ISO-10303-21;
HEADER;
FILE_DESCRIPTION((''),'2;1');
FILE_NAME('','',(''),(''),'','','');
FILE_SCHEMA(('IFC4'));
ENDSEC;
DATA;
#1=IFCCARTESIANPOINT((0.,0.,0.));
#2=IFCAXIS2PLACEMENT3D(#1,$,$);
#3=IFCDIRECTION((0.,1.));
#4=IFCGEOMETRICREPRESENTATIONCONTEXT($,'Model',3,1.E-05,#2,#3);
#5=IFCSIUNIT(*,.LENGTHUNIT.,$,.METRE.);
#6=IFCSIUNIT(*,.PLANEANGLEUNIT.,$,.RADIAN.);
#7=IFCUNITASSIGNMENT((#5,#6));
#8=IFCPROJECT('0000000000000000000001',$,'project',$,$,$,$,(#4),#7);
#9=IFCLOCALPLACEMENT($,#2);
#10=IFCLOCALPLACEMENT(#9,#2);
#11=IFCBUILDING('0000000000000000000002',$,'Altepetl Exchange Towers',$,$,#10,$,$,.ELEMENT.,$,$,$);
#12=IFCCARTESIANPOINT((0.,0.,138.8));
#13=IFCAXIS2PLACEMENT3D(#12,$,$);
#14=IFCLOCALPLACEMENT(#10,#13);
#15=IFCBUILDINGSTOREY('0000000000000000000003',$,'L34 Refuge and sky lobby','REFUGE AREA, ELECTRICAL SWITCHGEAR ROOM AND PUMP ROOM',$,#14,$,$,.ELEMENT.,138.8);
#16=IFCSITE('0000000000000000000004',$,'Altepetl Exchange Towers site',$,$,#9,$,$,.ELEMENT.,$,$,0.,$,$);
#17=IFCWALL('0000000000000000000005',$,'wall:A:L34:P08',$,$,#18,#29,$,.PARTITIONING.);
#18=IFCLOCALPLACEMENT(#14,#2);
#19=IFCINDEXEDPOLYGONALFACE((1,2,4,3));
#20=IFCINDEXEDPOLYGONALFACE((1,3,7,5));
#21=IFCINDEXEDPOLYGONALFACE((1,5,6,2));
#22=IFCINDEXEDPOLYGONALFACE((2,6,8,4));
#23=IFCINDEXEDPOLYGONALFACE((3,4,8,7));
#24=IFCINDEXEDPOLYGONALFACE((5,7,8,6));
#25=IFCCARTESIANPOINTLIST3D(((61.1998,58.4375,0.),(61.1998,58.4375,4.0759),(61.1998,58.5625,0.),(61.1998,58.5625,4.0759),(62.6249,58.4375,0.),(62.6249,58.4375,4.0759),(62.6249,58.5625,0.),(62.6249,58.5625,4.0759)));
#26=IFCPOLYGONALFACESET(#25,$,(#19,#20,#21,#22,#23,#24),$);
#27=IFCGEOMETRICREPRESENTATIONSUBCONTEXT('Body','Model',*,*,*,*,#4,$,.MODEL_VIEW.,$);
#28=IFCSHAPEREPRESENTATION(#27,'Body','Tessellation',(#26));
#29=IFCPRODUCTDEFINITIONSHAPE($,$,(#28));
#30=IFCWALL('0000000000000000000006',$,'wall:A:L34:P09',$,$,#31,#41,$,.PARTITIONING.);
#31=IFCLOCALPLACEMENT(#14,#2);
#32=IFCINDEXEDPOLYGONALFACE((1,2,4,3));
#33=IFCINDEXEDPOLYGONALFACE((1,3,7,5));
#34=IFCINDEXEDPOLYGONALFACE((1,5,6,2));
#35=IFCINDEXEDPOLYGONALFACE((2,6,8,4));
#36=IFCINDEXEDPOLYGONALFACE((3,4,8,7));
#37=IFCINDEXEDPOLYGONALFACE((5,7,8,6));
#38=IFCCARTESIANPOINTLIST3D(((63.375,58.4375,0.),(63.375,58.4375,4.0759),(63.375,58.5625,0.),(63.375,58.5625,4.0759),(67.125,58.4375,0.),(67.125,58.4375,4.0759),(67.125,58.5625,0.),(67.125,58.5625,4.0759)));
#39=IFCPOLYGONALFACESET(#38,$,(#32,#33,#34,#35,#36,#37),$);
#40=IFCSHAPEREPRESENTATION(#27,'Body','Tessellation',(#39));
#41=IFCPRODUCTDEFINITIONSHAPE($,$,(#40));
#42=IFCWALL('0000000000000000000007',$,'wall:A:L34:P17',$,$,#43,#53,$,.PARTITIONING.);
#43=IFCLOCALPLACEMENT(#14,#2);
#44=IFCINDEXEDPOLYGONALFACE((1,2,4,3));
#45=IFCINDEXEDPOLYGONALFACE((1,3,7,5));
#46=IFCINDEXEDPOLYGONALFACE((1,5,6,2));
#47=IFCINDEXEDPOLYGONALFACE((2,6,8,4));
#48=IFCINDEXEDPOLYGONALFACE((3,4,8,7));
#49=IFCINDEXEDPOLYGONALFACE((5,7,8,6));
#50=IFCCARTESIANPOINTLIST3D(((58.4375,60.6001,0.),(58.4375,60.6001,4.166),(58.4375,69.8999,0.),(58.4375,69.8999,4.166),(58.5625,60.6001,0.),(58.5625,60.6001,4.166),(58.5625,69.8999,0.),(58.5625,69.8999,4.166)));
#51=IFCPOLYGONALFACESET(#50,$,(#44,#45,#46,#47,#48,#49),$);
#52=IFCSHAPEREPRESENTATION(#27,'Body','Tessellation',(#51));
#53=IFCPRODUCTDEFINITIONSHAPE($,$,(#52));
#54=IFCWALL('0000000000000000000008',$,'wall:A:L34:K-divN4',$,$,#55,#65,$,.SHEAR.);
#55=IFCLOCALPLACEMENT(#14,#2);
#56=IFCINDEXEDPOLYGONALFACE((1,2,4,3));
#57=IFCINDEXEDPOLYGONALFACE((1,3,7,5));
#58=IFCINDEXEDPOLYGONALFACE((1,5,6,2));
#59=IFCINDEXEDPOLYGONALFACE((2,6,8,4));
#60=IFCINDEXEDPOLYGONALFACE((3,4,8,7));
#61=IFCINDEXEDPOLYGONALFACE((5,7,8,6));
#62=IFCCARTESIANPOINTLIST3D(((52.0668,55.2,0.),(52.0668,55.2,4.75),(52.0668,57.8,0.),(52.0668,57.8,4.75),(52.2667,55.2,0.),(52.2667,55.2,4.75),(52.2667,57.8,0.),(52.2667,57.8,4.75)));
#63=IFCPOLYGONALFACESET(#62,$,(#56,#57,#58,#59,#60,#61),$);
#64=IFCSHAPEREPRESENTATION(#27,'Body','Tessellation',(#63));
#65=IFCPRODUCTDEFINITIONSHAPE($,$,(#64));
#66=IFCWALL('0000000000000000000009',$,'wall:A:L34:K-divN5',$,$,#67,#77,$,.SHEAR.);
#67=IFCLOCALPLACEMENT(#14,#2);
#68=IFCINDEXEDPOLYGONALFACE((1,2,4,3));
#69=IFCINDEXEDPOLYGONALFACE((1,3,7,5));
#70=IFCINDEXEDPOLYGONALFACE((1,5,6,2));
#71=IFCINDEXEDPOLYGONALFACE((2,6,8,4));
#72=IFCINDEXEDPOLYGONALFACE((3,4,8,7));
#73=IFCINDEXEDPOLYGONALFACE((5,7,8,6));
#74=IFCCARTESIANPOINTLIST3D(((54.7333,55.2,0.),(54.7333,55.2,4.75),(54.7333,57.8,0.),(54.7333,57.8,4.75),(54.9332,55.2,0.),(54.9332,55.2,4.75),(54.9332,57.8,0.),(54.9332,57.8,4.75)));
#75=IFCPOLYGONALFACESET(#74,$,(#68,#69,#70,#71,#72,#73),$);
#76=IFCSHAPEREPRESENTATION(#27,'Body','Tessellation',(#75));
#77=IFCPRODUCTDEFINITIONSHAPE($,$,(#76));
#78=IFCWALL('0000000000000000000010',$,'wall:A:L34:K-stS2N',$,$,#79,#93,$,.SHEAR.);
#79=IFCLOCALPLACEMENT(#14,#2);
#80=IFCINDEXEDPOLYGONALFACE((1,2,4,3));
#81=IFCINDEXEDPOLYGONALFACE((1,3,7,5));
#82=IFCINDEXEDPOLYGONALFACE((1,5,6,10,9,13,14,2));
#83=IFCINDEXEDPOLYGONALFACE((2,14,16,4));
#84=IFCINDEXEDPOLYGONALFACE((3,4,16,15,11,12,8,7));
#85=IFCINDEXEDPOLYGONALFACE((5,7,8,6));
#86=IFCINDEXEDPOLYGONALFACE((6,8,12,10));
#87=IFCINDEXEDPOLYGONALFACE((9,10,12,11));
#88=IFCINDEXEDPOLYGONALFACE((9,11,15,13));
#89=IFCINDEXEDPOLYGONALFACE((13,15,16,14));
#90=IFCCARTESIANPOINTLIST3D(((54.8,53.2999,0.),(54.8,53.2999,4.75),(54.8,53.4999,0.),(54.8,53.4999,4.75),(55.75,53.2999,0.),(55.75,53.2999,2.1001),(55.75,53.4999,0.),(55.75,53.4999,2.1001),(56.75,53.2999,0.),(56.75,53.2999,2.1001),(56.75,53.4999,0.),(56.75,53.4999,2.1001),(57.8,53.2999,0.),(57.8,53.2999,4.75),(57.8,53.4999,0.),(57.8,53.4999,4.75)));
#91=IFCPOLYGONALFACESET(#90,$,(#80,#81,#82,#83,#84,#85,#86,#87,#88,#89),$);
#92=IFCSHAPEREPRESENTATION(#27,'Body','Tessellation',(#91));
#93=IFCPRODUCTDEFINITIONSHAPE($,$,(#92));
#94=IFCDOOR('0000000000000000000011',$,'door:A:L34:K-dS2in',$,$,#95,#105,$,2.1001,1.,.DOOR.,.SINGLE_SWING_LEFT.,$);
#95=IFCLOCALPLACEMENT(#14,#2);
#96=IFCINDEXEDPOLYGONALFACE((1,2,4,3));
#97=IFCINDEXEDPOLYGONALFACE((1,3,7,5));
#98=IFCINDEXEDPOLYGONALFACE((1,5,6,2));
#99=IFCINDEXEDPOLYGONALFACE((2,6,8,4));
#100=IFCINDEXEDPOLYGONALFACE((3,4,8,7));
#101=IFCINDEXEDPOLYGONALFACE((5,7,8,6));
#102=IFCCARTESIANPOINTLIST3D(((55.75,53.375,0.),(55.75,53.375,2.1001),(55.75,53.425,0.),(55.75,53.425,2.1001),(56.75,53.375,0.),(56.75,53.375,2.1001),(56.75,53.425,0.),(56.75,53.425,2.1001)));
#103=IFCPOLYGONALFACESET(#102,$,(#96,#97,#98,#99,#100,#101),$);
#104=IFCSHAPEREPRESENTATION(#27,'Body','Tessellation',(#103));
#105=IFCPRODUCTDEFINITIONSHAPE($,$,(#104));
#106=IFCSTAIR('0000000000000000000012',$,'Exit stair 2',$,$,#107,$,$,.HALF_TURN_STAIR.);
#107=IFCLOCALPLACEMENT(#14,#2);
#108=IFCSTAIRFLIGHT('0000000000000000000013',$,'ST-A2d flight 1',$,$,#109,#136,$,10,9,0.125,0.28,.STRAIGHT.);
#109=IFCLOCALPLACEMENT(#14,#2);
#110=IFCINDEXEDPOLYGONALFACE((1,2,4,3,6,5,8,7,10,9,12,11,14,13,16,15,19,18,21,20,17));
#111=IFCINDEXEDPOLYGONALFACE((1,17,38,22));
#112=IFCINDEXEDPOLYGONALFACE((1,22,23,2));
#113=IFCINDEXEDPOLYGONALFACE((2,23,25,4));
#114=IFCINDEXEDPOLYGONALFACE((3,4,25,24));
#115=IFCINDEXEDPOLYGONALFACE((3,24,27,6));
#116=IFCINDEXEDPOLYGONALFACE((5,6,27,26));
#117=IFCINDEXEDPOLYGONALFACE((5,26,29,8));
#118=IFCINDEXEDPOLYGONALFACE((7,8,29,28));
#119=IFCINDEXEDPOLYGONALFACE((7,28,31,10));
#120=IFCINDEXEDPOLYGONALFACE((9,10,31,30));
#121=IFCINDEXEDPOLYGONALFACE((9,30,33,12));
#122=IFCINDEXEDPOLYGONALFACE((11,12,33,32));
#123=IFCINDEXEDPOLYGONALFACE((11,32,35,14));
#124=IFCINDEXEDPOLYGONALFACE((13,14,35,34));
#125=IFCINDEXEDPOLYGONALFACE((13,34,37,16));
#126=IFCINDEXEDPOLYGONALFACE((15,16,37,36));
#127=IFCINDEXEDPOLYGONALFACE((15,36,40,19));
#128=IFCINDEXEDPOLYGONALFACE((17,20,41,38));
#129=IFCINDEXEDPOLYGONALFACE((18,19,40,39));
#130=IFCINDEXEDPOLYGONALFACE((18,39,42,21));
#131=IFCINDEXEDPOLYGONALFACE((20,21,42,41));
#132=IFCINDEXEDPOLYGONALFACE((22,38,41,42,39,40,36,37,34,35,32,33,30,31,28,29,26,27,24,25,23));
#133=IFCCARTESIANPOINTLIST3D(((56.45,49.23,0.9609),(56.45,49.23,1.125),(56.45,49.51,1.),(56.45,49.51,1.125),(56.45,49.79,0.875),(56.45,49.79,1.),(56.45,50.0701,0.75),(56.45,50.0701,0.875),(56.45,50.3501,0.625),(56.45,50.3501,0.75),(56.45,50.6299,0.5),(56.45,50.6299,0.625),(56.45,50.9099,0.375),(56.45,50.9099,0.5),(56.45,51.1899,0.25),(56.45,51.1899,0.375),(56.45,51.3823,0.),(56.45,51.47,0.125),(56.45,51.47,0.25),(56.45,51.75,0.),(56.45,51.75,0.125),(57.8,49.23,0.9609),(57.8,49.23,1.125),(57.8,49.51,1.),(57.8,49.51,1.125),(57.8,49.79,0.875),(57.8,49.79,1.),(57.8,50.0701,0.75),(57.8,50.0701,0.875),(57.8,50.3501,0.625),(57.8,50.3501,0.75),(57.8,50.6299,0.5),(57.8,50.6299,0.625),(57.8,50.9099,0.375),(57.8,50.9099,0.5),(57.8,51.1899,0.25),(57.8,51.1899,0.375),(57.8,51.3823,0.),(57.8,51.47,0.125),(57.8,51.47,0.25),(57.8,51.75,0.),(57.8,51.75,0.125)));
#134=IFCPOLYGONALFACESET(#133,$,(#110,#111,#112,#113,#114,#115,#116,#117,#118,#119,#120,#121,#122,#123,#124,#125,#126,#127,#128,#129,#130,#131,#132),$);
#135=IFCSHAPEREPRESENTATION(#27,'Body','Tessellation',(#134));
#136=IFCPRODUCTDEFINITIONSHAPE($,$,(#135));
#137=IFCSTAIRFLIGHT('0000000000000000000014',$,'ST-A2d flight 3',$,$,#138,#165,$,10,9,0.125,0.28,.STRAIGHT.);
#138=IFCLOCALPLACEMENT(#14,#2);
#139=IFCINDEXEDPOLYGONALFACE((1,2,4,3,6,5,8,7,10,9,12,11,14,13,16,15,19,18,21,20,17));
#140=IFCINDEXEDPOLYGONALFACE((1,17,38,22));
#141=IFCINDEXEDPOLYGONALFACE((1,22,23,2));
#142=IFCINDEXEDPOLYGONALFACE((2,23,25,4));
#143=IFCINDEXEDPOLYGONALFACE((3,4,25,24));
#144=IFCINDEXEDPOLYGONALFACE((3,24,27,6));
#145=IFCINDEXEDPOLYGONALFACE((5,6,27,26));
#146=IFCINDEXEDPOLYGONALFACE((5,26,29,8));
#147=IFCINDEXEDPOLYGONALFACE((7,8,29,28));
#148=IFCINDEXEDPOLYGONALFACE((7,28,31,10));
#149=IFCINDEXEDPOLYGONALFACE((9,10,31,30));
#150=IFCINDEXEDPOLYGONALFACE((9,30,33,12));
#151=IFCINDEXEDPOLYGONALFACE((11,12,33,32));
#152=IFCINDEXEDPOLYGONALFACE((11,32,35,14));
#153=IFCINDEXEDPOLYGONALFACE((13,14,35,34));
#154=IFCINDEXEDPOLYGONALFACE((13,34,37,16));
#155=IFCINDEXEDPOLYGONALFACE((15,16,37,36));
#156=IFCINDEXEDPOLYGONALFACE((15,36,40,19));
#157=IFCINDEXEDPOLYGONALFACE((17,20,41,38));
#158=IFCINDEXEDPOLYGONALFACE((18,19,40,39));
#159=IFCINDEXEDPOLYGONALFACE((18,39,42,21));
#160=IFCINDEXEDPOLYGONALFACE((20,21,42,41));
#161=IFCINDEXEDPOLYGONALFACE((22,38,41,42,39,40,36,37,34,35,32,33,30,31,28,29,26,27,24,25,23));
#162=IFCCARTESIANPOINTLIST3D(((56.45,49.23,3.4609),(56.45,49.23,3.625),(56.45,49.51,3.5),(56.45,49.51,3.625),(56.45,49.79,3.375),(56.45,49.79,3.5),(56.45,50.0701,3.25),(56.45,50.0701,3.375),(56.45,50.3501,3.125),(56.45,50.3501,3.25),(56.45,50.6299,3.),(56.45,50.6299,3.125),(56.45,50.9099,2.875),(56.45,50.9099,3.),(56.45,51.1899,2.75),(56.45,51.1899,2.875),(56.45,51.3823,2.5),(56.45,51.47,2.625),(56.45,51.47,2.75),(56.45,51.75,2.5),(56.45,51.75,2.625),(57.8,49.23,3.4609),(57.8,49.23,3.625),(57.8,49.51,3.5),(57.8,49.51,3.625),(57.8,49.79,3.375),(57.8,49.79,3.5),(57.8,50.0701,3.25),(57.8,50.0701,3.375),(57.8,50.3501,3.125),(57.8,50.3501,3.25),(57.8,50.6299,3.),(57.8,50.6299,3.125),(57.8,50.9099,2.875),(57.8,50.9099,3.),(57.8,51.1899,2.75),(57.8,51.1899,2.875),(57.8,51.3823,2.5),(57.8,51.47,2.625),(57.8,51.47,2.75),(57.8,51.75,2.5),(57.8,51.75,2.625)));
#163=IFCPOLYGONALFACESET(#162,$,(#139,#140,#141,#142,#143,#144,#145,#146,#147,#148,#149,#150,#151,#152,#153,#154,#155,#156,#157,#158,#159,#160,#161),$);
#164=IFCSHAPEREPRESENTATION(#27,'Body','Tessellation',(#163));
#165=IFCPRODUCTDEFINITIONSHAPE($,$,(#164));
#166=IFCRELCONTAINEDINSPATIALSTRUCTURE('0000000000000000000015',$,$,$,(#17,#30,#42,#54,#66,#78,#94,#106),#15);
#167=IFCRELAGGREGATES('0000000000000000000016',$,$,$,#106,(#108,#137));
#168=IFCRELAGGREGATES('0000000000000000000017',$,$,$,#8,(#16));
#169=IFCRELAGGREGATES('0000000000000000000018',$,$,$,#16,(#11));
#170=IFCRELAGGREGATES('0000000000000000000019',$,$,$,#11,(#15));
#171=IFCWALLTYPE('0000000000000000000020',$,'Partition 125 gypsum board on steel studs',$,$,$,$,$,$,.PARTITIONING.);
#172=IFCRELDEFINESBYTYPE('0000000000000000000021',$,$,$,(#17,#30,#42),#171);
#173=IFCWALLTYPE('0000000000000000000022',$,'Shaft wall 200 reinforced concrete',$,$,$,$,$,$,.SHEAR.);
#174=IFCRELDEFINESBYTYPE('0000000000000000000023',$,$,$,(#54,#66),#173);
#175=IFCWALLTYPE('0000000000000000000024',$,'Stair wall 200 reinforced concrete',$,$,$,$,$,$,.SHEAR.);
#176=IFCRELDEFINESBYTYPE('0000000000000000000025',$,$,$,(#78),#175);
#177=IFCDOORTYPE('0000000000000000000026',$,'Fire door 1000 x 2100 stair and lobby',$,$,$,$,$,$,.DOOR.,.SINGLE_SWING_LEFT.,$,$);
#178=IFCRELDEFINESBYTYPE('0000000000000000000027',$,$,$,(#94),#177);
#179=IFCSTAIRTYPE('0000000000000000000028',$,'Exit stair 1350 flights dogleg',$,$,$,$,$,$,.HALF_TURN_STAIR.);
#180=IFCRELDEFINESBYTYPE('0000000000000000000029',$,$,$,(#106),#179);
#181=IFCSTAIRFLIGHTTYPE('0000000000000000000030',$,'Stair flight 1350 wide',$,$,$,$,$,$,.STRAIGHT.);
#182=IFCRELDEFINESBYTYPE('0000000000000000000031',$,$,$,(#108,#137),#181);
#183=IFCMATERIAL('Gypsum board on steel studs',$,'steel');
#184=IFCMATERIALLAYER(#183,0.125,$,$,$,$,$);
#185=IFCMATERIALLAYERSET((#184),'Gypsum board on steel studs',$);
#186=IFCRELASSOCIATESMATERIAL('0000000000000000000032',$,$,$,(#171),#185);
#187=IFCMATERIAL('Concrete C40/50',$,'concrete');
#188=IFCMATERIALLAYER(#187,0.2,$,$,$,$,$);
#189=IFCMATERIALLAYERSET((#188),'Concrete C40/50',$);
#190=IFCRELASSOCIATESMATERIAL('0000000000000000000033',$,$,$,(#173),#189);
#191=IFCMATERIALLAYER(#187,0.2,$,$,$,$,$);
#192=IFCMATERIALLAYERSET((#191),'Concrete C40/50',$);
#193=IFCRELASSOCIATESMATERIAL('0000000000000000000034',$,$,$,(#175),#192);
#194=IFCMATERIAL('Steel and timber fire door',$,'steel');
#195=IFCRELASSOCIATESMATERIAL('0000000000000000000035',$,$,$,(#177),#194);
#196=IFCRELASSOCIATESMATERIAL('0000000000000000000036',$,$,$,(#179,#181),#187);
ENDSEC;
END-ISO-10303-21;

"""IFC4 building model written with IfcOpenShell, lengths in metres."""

from ifc_helpers import new_model, si_unit, direction, frame, frame_2d, origin, place, context, subcontext, project, spatial, polyline, rectangle, outline, extrude, material, layer, layer_set, type_object, element, fill, aggregate, save


model = new_model("IFC4")

# Units and contexts
model_context = context("Model", 3, precision=1e-05, world=origin(), true_north=direction((0.0, 1.0)))
body_context = subcontext(model_context, "Body", "Model", "MODEL_VIEW")
ifc_project = project(units=[si_unit("LENGTHUNIT", "METRE"), si_unit("PLANEANGLEUNIT", "RADIAN")], contexts=[model_context])

# Site, building, storey
site_placement = place(None, origin())
site = spatial("IfcSite", under=ifc_project, at=site_placement, Name="Altepetl Exchange Towers site", CompositionType="ELEMENT", RefElevation=0.0)
building_placement = place(site_placement, origin())
building = spatial("IfcBuilding", under=site, at=building_placement, Name="Altepetl Exchange Towers", CompositionType="ELEMENT")
storey_placement = place(building_placement, frame((0.0, 0.0, 138.8)))
storey = spatial("IfcBuildingStorey", under=building, at=storey_placement, Name="L34 Refuge and sky lobby", Description="REFUGE AREA, ELECTRICAL SWITCHGEAR ROOM AND PUMP ROOM", CompositionType="ELEMENT", Elevation=138.8)

# Walls
ifc_material_1 = material(Name="Gypsum board on steel studs", Category="steel")
ifc_layer_1 = layer(ifc_material_1, 0.125)
ifc_layer_set_1 = layer_set([ifc_layer_1], Name="Gypsum board on steel studs")
wall_type_1 = type_object("IfcWallType", Name="Partition 125 gypsum board on steel studs", PredefinedType="PARTITIONING", material=ifc_layer_set_1)
wall_1_placement = place(storey_placement, frame((61.2, 58.5, 0.0)))
element("IfcWall", 1, at=wall_1_placement, inside=storey, type_object=wall_type_1, Name="wall:A:L34:P08", PredefinedType="PARTITIONING", context=body_context, shape_type="SweptSolid", body=[
    extrude(rectangle(XDim=1.425, YDim=0.125, at=frame_2d((0.7124, 0.0))), origin(), (0.0, 0.0, 1.0), 4.0759),
])
wall_2_placement = place(storey_placement, frame((63.375, 58.5, 0.0)))
element("IfcWall", 2, at=wall_2_placement, inside=storey, type_object=wall_type_1, Name="wall:A:L34:P09", PredefinedType="PARTITIONING", context=body_context, shape_type="SweptSolid", body=[
    extrude(rectangle(XDim=3.75, YDim=0.125, at=frame_2d((1.875, 0.0))), origin(), (0.0, 0.0, 1.0), 4.0759),
])
wall_3_placement = place(storey_placement, frame((58.5, 60.6001, 0.0), z_axis=(0.0, 0.0, 1.0), x_axis=(0.0, 1.0, 0.0)))
element("IfcWall", 3, at=wall_3_placement, inside=storey, type_object=wall_type_1, Name="wall:A:L34:P17", PredefinedType="PARTITIONING", context=body_context, shape_type="SweptSolid", body=[
    extrude(rectangle(XDim=9.2998, YDim=0.125, at=frame_2d((4.6499, 0.0))), origin(), (0.0, 0.0, 1.0), 4.166),
])
ifc_material_2 = material(Name="Concrete C40/50", Category="concrete")
ifc_layer_2 = layer(ifc_material_2, 0.2)
ifc_layer_set_2 = layer_set([ifc_layer_2], Name="Concrete C40/50")
wall_type_2 = type_object("IfcWallType", Name="Shaft wall 200 reinforced concrete", PredefinedType="SHEAR", material=ifc_layer_set_2)
for number, where, z_axis, x_axis, name in (
    (4, (52.1667, 57.8, 0.0), (0.0, 0.0, 1.0), (0.0, -1.0, 0.0), "wall:A:L34:K-divN4"),
    (5, (54.8333, 57.8, 0.0), (0.0, 0.0, 1.0), (0.0, -1.0, 0.0), "wall:A:L34:K-divN5"),
):
    element("IfcWall", number, at=place(storey_placement, frame(where, z_axis=z_axis, x_axis=x_axis)), inside=storey, type_object=wall_type_2, Name=name, PredefinedType="SHEAR", context=body_context, shape_type="SweptSolid", body=[
        extrude(rectangle(XDim=2.6001, YDim=0.2, at=frame_2d((1.3, 0.0))), origin(), (0.0, 0.0, 1.0), 4.75),
    ])

# Wall, opening, door
ifc_layer_3 = layer(ifc_material_2, 0.2)
ifc_layer_set_3 = layer_set([ifc_layer_3], Name="Concrete C40/50")
wall_type_3 = type_object("IfcWallType", Name="Stair wall 200 reinforced concrete", PredefinedType="SHEAR", material=ifc_layer_set_3)
wall_4_placement = place(storey_placement, frame((54.8, 53.3999, 0.0)))
wall_4 = element("IfcWall", 6, at=wall_4_placement, inside=storey, type_object=wall_type_3, Name="wall:A:L34:K-stS2N", PredefinedType="SHEAR", context=body_context, shape_type="SweptSolid", body=[
    extrude(rectangle(XDim=3.0, YDim=0.2, at=frame_2d((1.5, 0.0))), origin(), (0.0, 0.0, 1.0), 4.75),
])
opening_placement = place(wall_4_placement, frame((0.95, 0.0, 0.0)))
opening = element("IfcOpeningElement", 7, at=opening_placement, cuts=wall_4, PredefinedType="OPENING", context=body_context, shape_type="SweptSolid", body=[
    extrude(rectangle(XDim=1.0, YDim=2.1001, at=frame_2d((0.5, 1.05))), frame((0.0, 0.1099, 0.0), z_axis=(0.0, -1.0, 0.0), x_axis=(1.0, 0.0, 0.0)), (0.0, 0.0, 1.0), 0.22),
])
ifc_material_3 = material(Name="Steel and timber fire door", Category="steel")
door_type = type_object("IfcDoorType", Name="Fire door 1000 x 2100 stair and lobby", OperationType="SINGLE_SWING_LEFT", PredefinedType="DOOR", material=ifc_material_3)
door_placement = place(opening_placement, frame((1.0, 0.0, 0.0), x_axis=(-1.0, 0.0, 0.0)))
door = element("IfcDoor", 8, at=door_placement, inside=storey, type_object=door_type, Name="door:A:L34:K-dS2in", OperationType="SINGLE_SWING_LEFT", OverallHeight=2.1001, OverallWidth=1.0, PredefinedType="DOOR", context=body_context, shape_type="SweptSolid", body=[
    extrude(rectangle(XDim=1.0, YDim=2.1001, at=frame_2d((0.5, 1.05))), frame((0.0, 0.0249, 0.0), z_axis=(0.0, -1.0, 0.0), x_axis=(1.0, 0.0, 0.0)), (0.0, 0.0, 1.0), 0.05),
])
fill(opening, door)

# Stair, stair flights
stair_type = type_object("IfcStairType", Name="Exit stair 1350 flights dogleg", PredefinedType="HALF_TURN_STAIR", material=ifc_material_2)
stair_placement = place(storey_placement, origin())
stair = element("IfcStair", 9, at=stair_placement, inside=storey, type_object=stair_type, Name="Exit stair 2", PredefinedType="HALF_TURN_STAIR")
stair_flight_type = type_object("IfcStairFlightType", Name="Stair flight 1350 wide", PredefinedType="STRAIGHT", material=ifc_material_2)
stair_flight_1_placement = place(storey_placement, frame((57.125, 51.75, 0.0), z_axis=(0.0, 0.0, 1.0), x_axis=(0.0, -1.0, 0.0)))
stair_flight_1 = element("IfcStairFlight", 10, at=stair_flight_1_placement, type_object=stair_flight_type, Name="ST-A2d flight 1", NumberOfRisers=10, NumberOfTreads=9, PredefinedType="STRAIGHT", RiserHeight=0.125, TreadLength=0.28, context=body_context, shape_type="SweptSolid", body=[
    extrude(outline(polyline([(0.0, 0.0), (0.0, 0.125), (0.28, 0.125), (0.28, 0.25), (0.5601, 0.25), (0.5601, 0.375), (0.8401, 0.375), (0.8401, 0.5), (1.1201, 0.5), (1.1201, 0.625), (1.3999, 0.625), (1.3999, 0.75), (1.6799, 0.75), (1.6799, 0.875), (1.96, 0.875), (1.96, 1.0), (2.24, 1.0), (2.24, 1.125), (2.52, 1.125), (2.52, 1.25), (2.52, 0.9609), (0.3677, 0.0), (0.0, 0.0)])), frame((0.0, 0.675, 0.0), z_axis=(0.0, -1.0, 0.0), x_axis=(1.0, 0.0, 0.0)), (0.0, 0.0, 1.0), 1.3501),
])
stair_flight_2_placement = place(storey_placement, frame((57.125, 51.75, 2.5), z_axis=(0.0, 0.0, 1.0), x_axis=(0.0, -1.0, 0.0)))
stair_flight_2 = element("IfcStairFlight", 11, at=stair_flight_2_placement, type_object=stair_flight_type, Name="ST-A2d flight 3", NumberOfRisers=10, NumberOfTreads=9, PredefinedType="STRAIGHT", RiserHeight=0.125, TreadLength=0.28, context=body_context, shape_type="SweptSolid", body=[
    extrude(outline(polyline([(0.0, 0.0), (0.0, 0.125), (0.28, 0.125), (0.28, 0.25), (0.5601, 0.25), (0.5601, 0.375), (0.8401, 0.375), (0.8401, 0.5), (1.1201, 0.5), (1.1201, 0.625), (1.3999, 0.625), (1.3999, 0.75), (1.6799, 0.75), (1.6799, 0.875), (1.96, 0.875), (1.96, 1.0), (2.24, 1.0), (2.24, 1.125), (2.52, 1.125), (2.52, 1.25), (2.52, 0.9609), (0.3677, 0.0), (0.0, 0.0)])), frame((0.0, 0.675, 0.0), z_axis=(0.0, -1.0, 0.0), x_axis=(1.0, 0.0, 0.0)), (0.0, 0.0, 1.0), 1.3501),
])
aggregate(stair, [stair_flight_1, stair_flight_2])

save(model, "model.ifc")
